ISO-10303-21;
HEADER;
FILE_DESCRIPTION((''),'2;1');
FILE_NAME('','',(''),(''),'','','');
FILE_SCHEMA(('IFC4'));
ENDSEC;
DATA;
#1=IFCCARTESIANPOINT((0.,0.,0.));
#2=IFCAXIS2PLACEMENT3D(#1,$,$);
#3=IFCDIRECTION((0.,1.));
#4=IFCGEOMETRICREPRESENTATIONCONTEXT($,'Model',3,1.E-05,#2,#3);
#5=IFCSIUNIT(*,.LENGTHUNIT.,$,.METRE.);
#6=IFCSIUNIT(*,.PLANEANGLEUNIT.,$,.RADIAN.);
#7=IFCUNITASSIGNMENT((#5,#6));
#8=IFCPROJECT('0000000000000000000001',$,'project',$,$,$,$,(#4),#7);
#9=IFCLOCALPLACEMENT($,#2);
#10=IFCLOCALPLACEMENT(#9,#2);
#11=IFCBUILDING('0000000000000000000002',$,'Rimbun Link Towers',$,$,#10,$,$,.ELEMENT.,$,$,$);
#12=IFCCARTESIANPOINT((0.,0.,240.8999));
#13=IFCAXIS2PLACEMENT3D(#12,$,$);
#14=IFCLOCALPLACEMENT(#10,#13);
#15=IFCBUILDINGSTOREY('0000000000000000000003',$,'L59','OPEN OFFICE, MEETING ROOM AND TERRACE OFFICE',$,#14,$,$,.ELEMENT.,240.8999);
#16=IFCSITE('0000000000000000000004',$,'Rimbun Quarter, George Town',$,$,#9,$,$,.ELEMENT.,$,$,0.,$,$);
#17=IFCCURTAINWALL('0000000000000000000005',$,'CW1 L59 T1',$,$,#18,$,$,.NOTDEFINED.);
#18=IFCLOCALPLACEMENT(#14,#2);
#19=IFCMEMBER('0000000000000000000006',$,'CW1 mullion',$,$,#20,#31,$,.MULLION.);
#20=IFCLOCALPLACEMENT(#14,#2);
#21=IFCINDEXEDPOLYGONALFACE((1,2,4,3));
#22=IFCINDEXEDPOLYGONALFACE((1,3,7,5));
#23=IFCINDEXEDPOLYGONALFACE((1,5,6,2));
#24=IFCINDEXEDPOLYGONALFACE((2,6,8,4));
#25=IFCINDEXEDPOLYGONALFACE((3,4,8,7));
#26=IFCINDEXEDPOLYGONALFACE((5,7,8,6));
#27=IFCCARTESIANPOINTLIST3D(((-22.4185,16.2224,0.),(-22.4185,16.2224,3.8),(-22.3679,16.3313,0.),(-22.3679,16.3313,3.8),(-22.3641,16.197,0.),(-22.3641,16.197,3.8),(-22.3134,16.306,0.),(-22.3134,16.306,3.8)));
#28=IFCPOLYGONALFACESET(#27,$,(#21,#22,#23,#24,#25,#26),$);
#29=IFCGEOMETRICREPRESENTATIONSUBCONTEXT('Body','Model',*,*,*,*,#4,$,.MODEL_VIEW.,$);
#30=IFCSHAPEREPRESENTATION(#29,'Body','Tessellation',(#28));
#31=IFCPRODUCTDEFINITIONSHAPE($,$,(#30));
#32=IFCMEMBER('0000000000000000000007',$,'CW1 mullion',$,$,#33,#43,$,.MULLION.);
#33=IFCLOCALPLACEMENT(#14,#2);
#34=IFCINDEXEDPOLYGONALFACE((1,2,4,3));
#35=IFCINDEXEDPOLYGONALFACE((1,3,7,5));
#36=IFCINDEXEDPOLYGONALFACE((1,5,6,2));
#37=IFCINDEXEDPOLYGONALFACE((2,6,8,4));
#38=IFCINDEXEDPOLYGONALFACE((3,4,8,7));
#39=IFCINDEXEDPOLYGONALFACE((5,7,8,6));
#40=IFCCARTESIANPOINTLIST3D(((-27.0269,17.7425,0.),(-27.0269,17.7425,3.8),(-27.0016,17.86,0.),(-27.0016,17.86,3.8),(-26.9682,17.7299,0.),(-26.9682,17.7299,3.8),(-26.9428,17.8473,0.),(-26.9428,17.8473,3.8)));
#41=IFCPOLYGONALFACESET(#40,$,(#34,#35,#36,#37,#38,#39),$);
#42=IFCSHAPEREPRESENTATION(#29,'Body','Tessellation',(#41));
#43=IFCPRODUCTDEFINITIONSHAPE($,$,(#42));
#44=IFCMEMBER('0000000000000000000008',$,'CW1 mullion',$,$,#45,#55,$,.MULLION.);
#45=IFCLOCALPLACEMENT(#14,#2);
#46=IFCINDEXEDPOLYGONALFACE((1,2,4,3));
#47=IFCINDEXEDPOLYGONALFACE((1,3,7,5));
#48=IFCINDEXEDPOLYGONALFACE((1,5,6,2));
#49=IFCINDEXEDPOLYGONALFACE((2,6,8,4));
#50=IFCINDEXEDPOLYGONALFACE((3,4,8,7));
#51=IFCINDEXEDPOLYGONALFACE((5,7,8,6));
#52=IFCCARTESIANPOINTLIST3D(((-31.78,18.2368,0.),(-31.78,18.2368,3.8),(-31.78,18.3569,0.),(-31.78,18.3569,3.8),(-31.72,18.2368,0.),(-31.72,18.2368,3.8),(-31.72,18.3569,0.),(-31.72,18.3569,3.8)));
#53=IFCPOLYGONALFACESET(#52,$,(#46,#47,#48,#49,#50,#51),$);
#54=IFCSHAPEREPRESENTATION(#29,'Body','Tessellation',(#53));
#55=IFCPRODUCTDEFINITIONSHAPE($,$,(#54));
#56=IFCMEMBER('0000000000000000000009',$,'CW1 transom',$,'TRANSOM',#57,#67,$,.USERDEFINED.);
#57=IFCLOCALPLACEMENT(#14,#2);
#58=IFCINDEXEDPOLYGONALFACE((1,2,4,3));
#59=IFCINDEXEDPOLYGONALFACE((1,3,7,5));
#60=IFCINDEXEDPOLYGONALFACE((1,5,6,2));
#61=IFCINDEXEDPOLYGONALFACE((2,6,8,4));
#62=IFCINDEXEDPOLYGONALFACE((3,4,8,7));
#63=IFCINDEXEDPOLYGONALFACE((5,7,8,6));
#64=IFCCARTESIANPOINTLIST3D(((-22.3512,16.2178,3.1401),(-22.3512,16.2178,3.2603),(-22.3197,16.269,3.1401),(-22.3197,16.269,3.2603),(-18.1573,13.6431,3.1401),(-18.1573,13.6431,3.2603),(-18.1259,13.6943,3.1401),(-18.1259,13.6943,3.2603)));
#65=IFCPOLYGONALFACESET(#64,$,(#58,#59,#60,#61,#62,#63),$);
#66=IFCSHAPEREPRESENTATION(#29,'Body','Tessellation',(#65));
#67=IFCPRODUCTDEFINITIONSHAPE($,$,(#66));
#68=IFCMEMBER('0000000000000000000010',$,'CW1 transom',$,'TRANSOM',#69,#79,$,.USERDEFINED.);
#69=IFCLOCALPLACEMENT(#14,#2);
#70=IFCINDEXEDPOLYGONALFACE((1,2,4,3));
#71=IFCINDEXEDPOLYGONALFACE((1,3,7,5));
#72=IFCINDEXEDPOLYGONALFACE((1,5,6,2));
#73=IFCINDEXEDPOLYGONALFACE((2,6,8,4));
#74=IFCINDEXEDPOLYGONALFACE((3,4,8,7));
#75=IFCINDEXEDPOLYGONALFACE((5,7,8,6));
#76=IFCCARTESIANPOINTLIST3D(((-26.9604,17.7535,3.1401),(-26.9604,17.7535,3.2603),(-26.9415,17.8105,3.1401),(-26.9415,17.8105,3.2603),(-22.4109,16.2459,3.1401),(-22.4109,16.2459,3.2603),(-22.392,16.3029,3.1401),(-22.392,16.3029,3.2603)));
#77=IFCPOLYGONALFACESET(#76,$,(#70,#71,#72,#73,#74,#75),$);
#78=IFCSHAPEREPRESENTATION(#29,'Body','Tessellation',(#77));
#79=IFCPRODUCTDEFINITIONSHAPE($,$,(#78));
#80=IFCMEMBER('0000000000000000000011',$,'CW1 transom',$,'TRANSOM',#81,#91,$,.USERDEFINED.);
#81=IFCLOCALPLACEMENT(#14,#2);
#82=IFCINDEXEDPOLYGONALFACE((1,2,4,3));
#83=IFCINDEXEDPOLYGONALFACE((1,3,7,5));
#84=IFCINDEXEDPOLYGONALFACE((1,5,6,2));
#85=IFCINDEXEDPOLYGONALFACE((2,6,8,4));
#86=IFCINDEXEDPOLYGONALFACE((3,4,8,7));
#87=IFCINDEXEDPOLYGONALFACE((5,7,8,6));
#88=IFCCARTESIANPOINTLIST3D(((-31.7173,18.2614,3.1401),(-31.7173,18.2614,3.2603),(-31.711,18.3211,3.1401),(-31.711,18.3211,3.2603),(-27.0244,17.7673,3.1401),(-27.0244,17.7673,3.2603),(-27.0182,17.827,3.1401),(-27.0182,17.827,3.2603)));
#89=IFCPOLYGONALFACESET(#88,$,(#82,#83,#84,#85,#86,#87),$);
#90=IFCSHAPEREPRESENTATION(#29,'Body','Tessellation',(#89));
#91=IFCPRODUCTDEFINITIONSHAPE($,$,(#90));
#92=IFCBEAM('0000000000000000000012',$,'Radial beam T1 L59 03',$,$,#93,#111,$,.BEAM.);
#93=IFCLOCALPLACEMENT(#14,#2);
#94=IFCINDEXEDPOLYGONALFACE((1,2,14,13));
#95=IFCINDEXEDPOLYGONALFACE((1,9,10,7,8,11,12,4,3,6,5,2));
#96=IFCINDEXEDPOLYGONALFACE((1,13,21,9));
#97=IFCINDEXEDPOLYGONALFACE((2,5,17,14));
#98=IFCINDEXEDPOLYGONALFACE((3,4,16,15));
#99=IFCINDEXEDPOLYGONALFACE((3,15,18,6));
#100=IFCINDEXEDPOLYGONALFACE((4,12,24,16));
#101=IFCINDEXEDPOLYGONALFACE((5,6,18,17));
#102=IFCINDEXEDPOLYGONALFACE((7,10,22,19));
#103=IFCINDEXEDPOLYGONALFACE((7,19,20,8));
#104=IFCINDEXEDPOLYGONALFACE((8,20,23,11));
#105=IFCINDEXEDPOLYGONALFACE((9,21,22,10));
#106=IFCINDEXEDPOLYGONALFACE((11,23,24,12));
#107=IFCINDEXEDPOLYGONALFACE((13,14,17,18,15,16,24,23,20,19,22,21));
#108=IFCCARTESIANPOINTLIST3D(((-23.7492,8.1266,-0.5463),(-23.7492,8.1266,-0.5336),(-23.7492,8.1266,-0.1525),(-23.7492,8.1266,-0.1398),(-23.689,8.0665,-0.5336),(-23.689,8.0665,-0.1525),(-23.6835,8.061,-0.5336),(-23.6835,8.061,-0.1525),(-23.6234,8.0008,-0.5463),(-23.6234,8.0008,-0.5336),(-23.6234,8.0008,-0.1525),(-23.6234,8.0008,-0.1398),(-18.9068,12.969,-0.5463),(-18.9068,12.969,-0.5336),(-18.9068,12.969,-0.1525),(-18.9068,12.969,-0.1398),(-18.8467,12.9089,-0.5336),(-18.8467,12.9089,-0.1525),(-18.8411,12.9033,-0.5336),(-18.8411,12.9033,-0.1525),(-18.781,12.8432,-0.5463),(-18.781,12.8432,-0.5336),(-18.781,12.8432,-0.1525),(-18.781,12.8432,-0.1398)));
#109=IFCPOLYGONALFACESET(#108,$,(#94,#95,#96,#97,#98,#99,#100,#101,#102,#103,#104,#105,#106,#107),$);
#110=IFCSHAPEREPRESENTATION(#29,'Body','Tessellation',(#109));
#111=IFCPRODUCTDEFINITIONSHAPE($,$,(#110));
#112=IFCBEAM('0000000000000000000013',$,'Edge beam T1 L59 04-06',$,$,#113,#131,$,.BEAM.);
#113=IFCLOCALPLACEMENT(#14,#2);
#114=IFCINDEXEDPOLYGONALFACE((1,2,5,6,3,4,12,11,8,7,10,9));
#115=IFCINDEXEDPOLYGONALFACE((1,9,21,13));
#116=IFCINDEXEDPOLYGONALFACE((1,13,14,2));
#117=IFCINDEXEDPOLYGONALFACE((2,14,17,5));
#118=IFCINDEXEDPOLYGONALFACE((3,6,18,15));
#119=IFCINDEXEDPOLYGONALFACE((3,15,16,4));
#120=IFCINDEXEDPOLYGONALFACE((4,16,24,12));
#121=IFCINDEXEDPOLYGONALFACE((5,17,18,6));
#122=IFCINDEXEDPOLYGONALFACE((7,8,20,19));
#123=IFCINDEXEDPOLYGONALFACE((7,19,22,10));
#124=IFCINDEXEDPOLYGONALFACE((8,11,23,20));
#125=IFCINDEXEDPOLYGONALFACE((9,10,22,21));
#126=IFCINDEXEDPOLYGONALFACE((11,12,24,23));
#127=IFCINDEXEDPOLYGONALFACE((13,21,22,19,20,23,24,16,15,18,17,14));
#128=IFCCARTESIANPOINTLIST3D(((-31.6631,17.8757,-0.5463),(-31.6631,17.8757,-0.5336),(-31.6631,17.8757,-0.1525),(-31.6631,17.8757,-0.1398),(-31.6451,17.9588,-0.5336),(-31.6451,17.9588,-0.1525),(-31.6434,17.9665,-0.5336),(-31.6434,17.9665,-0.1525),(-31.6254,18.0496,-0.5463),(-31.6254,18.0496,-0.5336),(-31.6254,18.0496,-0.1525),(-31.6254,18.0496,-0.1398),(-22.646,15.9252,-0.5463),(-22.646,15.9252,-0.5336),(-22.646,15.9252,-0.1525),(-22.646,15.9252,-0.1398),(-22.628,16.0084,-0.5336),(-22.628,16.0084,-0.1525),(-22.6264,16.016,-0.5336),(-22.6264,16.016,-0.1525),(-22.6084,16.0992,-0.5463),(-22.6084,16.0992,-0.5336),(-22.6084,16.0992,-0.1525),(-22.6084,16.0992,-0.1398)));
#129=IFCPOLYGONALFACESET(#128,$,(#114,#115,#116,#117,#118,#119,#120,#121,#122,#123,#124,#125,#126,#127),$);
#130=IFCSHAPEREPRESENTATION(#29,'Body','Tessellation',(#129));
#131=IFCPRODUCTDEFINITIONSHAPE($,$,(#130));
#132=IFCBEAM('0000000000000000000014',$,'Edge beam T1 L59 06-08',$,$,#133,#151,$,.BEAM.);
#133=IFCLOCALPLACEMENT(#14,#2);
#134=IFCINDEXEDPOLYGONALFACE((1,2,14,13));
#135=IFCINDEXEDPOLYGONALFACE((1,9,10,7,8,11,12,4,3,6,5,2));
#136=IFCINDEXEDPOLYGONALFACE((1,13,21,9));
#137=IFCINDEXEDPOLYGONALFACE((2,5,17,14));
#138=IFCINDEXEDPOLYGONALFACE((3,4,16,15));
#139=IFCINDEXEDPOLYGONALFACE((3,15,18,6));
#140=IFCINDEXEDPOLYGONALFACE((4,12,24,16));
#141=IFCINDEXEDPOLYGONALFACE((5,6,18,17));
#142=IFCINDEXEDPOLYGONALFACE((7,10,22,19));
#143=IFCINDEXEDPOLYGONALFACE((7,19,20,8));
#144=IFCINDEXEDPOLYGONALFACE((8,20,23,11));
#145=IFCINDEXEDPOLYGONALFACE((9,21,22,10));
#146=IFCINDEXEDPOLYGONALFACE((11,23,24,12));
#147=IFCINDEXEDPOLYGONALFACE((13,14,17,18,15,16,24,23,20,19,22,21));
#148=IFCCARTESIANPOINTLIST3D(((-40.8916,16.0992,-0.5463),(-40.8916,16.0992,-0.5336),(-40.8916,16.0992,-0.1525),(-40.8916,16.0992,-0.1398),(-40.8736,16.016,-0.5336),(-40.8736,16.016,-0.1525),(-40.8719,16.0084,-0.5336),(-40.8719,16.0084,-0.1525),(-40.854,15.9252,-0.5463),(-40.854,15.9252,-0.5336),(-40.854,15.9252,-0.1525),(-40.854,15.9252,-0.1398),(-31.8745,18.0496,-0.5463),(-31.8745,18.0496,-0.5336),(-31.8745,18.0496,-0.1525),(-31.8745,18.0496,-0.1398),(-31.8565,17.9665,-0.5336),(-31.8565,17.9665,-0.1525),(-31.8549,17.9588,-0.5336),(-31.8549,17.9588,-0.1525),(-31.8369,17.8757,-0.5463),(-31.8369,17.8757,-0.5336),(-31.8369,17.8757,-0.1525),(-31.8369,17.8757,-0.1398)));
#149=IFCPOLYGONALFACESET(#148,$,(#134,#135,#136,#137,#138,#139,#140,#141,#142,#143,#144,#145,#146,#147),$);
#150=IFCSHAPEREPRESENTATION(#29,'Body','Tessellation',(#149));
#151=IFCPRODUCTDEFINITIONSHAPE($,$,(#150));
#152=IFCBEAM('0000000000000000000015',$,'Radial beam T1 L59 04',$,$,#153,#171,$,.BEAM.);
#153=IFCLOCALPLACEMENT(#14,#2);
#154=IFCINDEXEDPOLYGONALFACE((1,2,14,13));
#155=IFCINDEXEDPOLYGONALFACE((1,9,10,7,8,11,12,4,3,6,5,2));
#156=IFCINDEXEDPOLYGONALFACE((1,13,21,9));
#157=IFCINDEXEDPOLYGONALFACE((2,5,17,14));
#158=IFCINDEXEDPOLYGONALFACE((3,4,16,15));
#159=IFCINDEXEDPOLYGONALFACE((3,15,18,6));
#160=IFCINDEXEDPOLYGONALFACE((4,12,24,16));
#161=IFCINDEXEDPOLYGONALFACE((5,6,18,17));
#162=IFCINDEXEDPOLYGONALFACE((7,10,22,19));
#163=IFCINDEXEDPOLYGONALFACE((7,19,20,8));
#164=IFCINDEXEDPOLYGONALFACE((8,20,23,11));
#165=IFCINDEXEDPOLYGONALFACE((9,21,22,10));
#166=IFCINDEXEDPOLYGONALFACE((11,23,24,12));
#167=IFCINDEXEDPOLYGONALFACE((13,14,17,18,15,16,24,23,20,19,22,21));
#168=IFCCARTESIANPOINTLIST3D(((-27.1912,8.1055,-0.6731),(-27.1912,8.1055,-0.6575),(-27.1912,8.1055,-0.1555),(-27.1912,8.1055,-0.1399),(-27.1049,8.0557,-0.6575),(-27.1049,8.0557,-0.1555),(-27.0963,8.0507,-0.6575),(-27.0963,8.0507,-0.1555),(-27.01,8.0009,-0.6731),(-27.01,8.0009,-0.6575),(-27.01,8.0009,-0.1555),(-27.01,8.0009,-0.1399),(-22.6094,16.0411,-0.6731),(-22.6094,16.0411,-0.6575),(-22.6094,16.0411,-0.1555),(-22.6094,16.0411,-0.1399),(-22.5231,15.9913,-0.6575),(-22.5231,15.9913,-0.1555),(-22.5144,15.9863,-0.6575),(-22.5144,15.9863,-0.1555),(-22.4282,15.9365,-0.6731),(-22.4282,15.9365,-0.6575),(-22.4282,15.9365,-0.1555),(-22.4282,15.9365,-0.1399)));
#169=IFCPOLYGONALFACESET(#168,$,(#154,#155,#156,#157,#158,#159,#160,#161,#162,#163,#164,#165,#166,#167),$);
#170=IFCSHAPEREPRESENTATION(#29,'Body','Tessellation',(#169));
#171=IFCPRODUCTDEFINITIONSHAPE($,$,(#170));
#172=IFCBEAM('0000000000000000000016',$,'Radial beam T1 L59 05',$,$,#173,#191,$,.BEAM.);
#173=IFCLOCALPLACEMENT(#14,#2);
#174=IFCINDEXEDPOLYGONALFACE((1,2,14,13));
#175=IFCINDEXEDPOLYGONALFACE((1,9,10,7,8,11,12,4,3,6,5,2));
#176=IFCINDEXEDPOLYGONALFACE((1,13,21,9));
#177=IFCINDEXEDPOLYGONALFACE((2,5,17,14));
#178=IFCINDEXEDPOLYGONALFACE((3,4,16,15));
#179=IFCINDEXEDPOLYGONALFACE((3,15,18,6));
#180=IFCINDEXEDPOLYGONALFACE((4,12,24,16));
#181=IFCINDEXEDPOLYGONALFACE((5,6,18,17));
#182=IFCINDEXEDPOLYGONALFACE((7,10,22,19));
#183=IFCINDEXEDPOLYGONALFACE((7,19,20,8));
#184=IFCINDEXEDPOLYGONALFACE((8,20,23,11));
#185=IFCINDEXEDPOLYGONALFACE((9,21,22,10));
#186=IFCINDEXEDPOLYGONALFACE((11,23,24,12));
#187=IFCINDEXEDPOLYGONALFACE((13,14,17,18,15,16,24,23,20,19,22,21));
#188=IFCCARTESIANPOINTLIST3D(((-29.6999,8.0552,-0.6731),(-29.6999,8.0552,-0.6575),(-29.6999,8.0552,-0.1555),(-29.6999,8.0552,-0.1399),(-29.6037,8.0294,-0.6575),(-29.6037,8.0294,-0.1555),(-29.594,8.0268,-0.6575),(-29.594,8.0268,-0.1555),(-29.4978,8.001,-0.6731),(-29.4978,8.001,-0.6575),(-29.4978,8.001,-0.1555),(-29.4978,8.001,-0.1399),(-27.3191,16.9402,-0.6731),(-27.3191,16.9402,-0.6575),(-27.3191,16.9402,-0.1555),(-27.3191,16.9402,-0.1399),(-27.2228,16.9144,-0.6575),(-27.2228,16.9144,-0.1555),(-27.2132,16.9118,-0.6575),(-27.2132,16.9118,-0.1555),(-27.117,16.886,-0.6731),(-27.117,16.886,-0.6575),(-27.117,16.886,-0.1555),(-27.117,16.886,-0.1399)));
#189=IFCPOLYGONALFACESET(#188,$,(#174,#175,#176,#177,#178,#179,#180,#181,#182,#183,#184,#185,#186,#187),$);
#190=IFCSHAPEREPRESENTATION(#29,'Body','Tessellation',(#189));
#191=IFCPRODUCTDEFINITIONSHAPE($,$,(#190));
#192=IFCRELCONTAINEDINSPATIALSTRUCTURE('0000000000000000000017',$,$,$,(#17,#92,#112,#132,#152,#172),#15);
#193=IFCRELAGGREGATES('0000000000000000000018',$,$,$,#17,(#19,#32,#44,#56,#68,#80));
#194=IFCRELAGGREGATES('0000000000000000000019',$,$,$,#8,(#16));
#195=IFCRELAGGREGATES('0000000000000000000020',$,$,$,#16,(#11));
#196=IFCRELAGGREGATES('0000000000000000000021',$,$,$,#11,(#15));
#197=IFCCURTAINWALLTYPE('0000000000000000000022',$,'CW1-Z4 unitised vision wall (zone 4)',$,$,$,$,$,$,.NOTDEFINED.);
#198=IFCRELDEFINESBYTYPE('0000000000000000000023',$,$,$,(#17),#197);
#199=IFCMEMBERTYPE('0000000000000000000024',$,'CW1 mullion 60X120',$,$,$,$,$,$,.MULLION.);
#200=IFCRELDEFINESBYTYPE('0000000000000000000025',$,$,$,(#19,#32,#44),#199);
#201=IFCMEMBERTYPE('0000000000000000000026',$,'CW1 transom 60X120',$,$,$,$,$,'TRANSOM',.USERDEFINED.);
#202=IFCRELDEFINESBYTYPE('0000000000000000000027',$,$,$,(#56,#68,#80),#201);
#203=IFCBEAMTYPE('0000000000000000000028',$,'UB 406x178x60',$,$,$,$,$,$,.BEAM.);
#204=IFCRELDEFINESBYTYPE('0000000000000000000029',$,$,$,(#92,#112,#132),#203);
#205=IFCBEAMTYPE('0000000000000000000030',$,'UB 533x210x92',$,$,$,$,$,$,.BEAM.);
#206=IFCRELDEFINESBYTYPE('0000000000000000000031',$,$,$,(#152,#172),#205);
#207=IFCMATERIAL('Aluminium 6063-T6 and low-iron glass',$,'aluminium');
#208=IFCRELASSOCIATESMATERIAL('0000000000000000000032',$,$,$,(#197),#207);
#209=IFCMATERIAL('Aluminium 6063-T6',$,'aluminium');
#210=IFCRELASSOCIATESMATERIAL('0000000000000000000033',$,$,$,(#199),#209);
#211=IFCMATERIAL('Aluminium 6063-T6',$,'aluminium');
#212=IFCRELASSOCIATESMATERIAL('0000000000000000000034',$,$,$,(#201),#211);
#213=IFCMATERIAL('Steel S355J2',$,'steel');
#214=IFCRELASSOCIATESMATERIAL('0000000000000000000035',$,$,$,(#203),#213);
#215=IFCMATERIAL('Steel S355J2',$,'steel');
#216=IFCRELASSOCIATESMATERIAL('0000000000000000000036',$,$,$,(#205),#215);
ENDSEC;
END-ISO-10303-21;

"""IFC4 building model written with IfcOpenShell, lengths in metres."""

from ifc_helpers import new_model, si_unit, direction, frame, origin, origin_2d, place, context, subcontext, project, spatial, rectangle, i_section, extrude, material, material_profile, profile_set, type_object, element, aggregate, save


model = new_model("IFC4")

# Units and contexts
model_context = context("Model", 3, precision=1e-05, world=origin(), true_north=direction((0.0, 1.0)))
body_context = subcontext(model_context, "Body", "Model", "MODEL_VIEW")
ifc_project = project(units=[si_unit("LENGTHUNIT", "METRE"), si_unit("PLANEANGLEUNIT", "RADIAN")], contexts=[model_context])

# Site, building, storey
site_placement = place(None, origin())
site = spatial("IfcSite", under=ifc_project, at=site_placement, Name="Rimbun Quarter, George Town", CompositionType="ELEMENT", RefElevation=0.0)
building_placement = place(site_placement, origin())
building = spatial("IfcBuilding", under=site, at=building_placement, Name="Rimbun Link Towers", CompositionType="ELEMENT")
storey_placement = place(building_placement, frame((0.0, 0.0, 240.8999)))
storey = spatial("IfcBuildingStorey", under=building, at=storey_placement, Name="L59", Description="OPEN OFFICE, MEETING ROOM AND TERRACE OFFICE", CompositionType="ELEMENT", Elevation=240.8999)

# Curtain wall, members
ifc_material_1 = material(Name="Aluminium 6063-T6 and low-iron glass", Category="aluminium")
curtain_wall_type = type_object("IfcCurtainWallType", Name="CW1-Z4 unitised vision wall (zone 4)", PredefinedType="NOTDEFINED", material=ifc_material_1)
curtain_wall_placement = place(storey_placement, origin())
curtain_wall = element("IfcCurtainWall", 1, at=curtain_wall_placement, inside=storey, type_object=curtain_wall_type, Name="CW1 L59 T1", PredefinedType="NOTDEFINED")
ifc_material_2 = material(Name="Aluminium 6063-T6", Category="aluminium")
ifc_material_profile_1 = material_profile(ifc_material_2, rectangle(XDim=0.1201, YDim=0.0601, at=origin_2d()), Name="MULLION 60X120")
ifc_profile_set_1 = profile_set([ifc_material_profile_1], Name="Aluminium 6063-T6")
member_type_1 = type_object("IfcMemberType", Name="CW1 mullion 60X120", PredefinedType="MULLION", material=ifc_profile_set_1)
member_1_placement = place(storey_placement, frame((-22.366, 16.2642, 0.0), z_axis=(0.0, 0.0, 1.0), x_axis=(0.421706, 0.906732, 0.0)))
member_1 = element("IfcMember", 2, at=member_1_placement, type_object=member_type_1, Name="CW1 mullion", PredefinedType="MULLION", context=body_context, shape_type="SweptSolid", body=[
    extrude(rectangle(XDim=0.1201, YDim=0.0601, at=origin_2d()), origin(), (0.0, 0.0, 1.0), 3.8),
])
member_2_placement = place(storey_placement, frame((-26.9849, 17.7949, 0.0), z_axis=(0.0, 0.0, 1.0), x_axis=(0.210871, 0.977514, 0.0)))
member_2 = element("IfcMember", 3, at=member_2_placement, type_object=member_type_1, Name="CW1 mullion", PredefinedType="MULLION", context=body_context, shape_type="SweptSolid", body=[
    extrude(rectangle(XDim=0.1201, YDim=0.0601, at=origin_2d()), origin(), (0.0, 0.0, 1.0), 3.8),
])
member_3_placement = place(storey_placement, frame((-31.75, 18.2969, 0.0), z_axis=(0.0, 0.0, 1.0), x_axis=(0.0, 1.0, 0.0)))
member_3 = element("IfcMember", 4, at=member_3_placement, type_object=member_type_1, Name="CW1 mullion", PredefinedType="MULLION", context=body_context, shape_type="SweptSolid", body=[
    extrude(rectangle(XDim=0.1201, YDim=0.0601, at=origin_2d()), origin(), (0.0, 0.0, 1.0), 3.8),
])
ifc_material_3 = material(Name="Aluminium 6063-T6", Category="aluminium")
ifc_material_profile_2 = material_profile(ifc_material_3, rectangle(XDim=0.0601, YDim=0.1201, at=origin_2d()), Name="TRANSOM 60X120")
ifc_profile_set_2 = profile_set([ifc_material_profile_2], Name="Aluminium 6063-T6")
member_type_2 = type_object("IfcMemberType", Name="CW1 transom 60X120", ElementType="TRANSOM", PredefinedType="USERDEFINED", material=ifc_profile_set_2)
member_4_placement = place(storey_placement, frame((-22.3354, 16.2434, 3.2002), z_axis=(0.852213, -0.523195, 0.0), x_axis=(0.523195, 0.852213, 0.0)))
member_4 = element("IfcMember", 5, at=member_4_placement, type_object=member_type_2, Name="CW1 transom", ObjectType="TRANSOM", PredefinedType="USERDEFINED", context=body_context, shape_type="SweptSolid", body=[
    extrude(rectangle(XDim=0.0601, YDim=0.1201, at=origin_2d()), origin(), (0.0, 0.0, 1.0), 4.9211),
])
member_5_placement = place(storey_placement, frame((-26.9509, 17.782, 3.2002), z_axis=(0.949237, -0.314562, 0.0), x_axis=(0.314562, 0.949237, 0.0)))
member_5 = element("IfcMember", 6, at=member_5_placement, type_object=member_type_2, Name="CW1 transom", ObjectType="TRANSOM", PredefinedType="USERDEFINED", context=body_context, shape_type="SweptSolid", body=[
    extrude(rectangle(XDim=0.0601, YDim=0.1201, at=origin_2d()), origin(), (0.0, 0.0, 1.0), 4.7927),
])
member_6_placement = place(storey_placement, frame((-31.7141, 18.2913, 3.2002), z_axis=(0.994502, -0.104717, 0.0), x_axis=(0.104717, 0.994502, 0.0)))
member_6 = element("IfcMember", 7, at=member_6_placement, type_object=member_type_2, Name="CW1 transom", ObjectType="TRANSOM", PredefinedType="USERDEFINED", context=body_context, shape_type="SweptSolid", body=[
    extrude(rectangle(XDim=0.0601, YDim=0.1201, at=origin_2d()), origin(), (0.0, 0.0, 1.0), 4.7188),
])

# Beams
ifc_material_4 = material(Name="Steel S355J2", Category="steel")
ifc_material_profile_3 = material_profile(ifc_material_4, i_section(OverallWidth=0.178, OverallDepth=0.4065, WebThickness=0.0078, FlangeThickness=0.0127, at=origin_2d()), Name="UB 406x178x60")
ifc_profile_set_3 = profile_set([ifc_material_profile_3], Name="Steel S355J2")
beam_type_1 = type_object("IfcBeamType", Name="UB 406x178x60", PredefinedType="BEAM", material=ifc_profile_set_3)
beam_1_placement = place(storey_placement, frame((-23.6863, 8.0637, -0.343), z_axis=(0.707107, 0.707107, 0.0), x_axis=(-0.707107, 0.707107, 0.0)))
element("IfcBeam", 8, at=beam_1_placement, inside=storey, type_object=beam_type_1, Name="Radial beam T1 L59 03", PredefinedType="BEAM", context=body_context, shape_type="SweptSolid", body=[
    extrude(i_section(OverallWidth=0.178, OverallDepth=0.4065, WebThickness=0.0078, FlangeThickness=0.0127, at=origin_2d()), origin(), (0.0, 0.0, 1.0), 6.8481),
])
for number, where, z_axis, x_axis, name in (
    (9, (-22.6272, 16.0122, -0.343), (-0.977396, 0.211415, 0.0), (-0.211415, -0.977396, 0.0), "Edge beam T1 L59 04-06"),
    (10, (-31.8557, 17.9626, -0.343), (-0.977396, -0.211415, 0.0), (0.211415, -0.977396, 0.0), "Edge beam T1 L59 06-08"),
):
    element("IfcBeam", number, at=place(storey_placement, frame(where, z_axis=z_axis, x_axis=x_axis)), inside=storey, type_object=beam_type_1, Name=name, PredefinedType="BEAM", context=body_context, shape_type="SweptSolid", body=[
        extrude(i_section(OverallWidth=0.178, OverallDepth=0.4065, WebThickness=0.0078, FlangeThickness=0.0127, at=origin_2d()), origin(), (0.0, 0.0, 1.0), 9.2256),
    ])
ifc_material_5 = material(Name="Steel S355J2", Category="steel")
ifc_material_profile_4 = material_profile(ifc_material_5, i_section(OverallWidth=0.2092, OverallDepth=0.5332, WebThickness=0.01, FlangeThickness=0.0156, at=origin_2d()), Name="UB 533x210x92")
ifc_profile_set_4 = profile_set([ifc_material_profile_4], Name="Steel S355J2")
beam_type_2 = type_object("IfcBeamType", Name="UB 533x210x92", PredefinedType="BEAM", material=ifc_profile_set_4)
beam_2_placement = place(storey_placement, frame((-27.1006, 8.0532, -0.4065), z_axis=(0.500016, 0.866016, 0.0), x_axis=(-0.866016, 0.500016, 0.0)))
element("IfcBeam", 11, at=beam_2_placement, inside=storey, type_object=beam_type_2, Name="Radial beam T1 L59 04", PredefinedType="BEAM", context=body_context, shape_type="SweptSolid", body=[
    extrude(i_section(OverallWidth=0.2092, OverallDepth=0.5332, WebThickness=0.01, FlangeThickness=0.0156, at=origin_2d()), origin(), (0.0, 0.0, 1.0), 9.1633),
])
beam_3_placement = place(storey_placement, frame((-29.5989, 8.0281, -0.4065), z_axis=(0.258832, 0.965922, 0.0), x_axis=(-0.965922, 0.258832, 0.0)))
element("IfcBeam", 12, at=beam_3_placement, inside=storey, type_object=beam_type_2, Name="Radial beam T1 L59 05", PredefinedType="BEAM", context=body_context, shape_type="SweptSolid", body=[
    extrude(i_section(OverallWidth=0.2092, OverallDepth=0.5332, WebThickness=0.01, FlangeThickness=0.0156, at=origin_2d()), origin(), (0.0, 0.0, 1.0), 9.1985),
])

aggregate(curtain_wall, [member_1, member_2, member_3, member_4, member_5, member_6])

save(model, "model.ifc")
